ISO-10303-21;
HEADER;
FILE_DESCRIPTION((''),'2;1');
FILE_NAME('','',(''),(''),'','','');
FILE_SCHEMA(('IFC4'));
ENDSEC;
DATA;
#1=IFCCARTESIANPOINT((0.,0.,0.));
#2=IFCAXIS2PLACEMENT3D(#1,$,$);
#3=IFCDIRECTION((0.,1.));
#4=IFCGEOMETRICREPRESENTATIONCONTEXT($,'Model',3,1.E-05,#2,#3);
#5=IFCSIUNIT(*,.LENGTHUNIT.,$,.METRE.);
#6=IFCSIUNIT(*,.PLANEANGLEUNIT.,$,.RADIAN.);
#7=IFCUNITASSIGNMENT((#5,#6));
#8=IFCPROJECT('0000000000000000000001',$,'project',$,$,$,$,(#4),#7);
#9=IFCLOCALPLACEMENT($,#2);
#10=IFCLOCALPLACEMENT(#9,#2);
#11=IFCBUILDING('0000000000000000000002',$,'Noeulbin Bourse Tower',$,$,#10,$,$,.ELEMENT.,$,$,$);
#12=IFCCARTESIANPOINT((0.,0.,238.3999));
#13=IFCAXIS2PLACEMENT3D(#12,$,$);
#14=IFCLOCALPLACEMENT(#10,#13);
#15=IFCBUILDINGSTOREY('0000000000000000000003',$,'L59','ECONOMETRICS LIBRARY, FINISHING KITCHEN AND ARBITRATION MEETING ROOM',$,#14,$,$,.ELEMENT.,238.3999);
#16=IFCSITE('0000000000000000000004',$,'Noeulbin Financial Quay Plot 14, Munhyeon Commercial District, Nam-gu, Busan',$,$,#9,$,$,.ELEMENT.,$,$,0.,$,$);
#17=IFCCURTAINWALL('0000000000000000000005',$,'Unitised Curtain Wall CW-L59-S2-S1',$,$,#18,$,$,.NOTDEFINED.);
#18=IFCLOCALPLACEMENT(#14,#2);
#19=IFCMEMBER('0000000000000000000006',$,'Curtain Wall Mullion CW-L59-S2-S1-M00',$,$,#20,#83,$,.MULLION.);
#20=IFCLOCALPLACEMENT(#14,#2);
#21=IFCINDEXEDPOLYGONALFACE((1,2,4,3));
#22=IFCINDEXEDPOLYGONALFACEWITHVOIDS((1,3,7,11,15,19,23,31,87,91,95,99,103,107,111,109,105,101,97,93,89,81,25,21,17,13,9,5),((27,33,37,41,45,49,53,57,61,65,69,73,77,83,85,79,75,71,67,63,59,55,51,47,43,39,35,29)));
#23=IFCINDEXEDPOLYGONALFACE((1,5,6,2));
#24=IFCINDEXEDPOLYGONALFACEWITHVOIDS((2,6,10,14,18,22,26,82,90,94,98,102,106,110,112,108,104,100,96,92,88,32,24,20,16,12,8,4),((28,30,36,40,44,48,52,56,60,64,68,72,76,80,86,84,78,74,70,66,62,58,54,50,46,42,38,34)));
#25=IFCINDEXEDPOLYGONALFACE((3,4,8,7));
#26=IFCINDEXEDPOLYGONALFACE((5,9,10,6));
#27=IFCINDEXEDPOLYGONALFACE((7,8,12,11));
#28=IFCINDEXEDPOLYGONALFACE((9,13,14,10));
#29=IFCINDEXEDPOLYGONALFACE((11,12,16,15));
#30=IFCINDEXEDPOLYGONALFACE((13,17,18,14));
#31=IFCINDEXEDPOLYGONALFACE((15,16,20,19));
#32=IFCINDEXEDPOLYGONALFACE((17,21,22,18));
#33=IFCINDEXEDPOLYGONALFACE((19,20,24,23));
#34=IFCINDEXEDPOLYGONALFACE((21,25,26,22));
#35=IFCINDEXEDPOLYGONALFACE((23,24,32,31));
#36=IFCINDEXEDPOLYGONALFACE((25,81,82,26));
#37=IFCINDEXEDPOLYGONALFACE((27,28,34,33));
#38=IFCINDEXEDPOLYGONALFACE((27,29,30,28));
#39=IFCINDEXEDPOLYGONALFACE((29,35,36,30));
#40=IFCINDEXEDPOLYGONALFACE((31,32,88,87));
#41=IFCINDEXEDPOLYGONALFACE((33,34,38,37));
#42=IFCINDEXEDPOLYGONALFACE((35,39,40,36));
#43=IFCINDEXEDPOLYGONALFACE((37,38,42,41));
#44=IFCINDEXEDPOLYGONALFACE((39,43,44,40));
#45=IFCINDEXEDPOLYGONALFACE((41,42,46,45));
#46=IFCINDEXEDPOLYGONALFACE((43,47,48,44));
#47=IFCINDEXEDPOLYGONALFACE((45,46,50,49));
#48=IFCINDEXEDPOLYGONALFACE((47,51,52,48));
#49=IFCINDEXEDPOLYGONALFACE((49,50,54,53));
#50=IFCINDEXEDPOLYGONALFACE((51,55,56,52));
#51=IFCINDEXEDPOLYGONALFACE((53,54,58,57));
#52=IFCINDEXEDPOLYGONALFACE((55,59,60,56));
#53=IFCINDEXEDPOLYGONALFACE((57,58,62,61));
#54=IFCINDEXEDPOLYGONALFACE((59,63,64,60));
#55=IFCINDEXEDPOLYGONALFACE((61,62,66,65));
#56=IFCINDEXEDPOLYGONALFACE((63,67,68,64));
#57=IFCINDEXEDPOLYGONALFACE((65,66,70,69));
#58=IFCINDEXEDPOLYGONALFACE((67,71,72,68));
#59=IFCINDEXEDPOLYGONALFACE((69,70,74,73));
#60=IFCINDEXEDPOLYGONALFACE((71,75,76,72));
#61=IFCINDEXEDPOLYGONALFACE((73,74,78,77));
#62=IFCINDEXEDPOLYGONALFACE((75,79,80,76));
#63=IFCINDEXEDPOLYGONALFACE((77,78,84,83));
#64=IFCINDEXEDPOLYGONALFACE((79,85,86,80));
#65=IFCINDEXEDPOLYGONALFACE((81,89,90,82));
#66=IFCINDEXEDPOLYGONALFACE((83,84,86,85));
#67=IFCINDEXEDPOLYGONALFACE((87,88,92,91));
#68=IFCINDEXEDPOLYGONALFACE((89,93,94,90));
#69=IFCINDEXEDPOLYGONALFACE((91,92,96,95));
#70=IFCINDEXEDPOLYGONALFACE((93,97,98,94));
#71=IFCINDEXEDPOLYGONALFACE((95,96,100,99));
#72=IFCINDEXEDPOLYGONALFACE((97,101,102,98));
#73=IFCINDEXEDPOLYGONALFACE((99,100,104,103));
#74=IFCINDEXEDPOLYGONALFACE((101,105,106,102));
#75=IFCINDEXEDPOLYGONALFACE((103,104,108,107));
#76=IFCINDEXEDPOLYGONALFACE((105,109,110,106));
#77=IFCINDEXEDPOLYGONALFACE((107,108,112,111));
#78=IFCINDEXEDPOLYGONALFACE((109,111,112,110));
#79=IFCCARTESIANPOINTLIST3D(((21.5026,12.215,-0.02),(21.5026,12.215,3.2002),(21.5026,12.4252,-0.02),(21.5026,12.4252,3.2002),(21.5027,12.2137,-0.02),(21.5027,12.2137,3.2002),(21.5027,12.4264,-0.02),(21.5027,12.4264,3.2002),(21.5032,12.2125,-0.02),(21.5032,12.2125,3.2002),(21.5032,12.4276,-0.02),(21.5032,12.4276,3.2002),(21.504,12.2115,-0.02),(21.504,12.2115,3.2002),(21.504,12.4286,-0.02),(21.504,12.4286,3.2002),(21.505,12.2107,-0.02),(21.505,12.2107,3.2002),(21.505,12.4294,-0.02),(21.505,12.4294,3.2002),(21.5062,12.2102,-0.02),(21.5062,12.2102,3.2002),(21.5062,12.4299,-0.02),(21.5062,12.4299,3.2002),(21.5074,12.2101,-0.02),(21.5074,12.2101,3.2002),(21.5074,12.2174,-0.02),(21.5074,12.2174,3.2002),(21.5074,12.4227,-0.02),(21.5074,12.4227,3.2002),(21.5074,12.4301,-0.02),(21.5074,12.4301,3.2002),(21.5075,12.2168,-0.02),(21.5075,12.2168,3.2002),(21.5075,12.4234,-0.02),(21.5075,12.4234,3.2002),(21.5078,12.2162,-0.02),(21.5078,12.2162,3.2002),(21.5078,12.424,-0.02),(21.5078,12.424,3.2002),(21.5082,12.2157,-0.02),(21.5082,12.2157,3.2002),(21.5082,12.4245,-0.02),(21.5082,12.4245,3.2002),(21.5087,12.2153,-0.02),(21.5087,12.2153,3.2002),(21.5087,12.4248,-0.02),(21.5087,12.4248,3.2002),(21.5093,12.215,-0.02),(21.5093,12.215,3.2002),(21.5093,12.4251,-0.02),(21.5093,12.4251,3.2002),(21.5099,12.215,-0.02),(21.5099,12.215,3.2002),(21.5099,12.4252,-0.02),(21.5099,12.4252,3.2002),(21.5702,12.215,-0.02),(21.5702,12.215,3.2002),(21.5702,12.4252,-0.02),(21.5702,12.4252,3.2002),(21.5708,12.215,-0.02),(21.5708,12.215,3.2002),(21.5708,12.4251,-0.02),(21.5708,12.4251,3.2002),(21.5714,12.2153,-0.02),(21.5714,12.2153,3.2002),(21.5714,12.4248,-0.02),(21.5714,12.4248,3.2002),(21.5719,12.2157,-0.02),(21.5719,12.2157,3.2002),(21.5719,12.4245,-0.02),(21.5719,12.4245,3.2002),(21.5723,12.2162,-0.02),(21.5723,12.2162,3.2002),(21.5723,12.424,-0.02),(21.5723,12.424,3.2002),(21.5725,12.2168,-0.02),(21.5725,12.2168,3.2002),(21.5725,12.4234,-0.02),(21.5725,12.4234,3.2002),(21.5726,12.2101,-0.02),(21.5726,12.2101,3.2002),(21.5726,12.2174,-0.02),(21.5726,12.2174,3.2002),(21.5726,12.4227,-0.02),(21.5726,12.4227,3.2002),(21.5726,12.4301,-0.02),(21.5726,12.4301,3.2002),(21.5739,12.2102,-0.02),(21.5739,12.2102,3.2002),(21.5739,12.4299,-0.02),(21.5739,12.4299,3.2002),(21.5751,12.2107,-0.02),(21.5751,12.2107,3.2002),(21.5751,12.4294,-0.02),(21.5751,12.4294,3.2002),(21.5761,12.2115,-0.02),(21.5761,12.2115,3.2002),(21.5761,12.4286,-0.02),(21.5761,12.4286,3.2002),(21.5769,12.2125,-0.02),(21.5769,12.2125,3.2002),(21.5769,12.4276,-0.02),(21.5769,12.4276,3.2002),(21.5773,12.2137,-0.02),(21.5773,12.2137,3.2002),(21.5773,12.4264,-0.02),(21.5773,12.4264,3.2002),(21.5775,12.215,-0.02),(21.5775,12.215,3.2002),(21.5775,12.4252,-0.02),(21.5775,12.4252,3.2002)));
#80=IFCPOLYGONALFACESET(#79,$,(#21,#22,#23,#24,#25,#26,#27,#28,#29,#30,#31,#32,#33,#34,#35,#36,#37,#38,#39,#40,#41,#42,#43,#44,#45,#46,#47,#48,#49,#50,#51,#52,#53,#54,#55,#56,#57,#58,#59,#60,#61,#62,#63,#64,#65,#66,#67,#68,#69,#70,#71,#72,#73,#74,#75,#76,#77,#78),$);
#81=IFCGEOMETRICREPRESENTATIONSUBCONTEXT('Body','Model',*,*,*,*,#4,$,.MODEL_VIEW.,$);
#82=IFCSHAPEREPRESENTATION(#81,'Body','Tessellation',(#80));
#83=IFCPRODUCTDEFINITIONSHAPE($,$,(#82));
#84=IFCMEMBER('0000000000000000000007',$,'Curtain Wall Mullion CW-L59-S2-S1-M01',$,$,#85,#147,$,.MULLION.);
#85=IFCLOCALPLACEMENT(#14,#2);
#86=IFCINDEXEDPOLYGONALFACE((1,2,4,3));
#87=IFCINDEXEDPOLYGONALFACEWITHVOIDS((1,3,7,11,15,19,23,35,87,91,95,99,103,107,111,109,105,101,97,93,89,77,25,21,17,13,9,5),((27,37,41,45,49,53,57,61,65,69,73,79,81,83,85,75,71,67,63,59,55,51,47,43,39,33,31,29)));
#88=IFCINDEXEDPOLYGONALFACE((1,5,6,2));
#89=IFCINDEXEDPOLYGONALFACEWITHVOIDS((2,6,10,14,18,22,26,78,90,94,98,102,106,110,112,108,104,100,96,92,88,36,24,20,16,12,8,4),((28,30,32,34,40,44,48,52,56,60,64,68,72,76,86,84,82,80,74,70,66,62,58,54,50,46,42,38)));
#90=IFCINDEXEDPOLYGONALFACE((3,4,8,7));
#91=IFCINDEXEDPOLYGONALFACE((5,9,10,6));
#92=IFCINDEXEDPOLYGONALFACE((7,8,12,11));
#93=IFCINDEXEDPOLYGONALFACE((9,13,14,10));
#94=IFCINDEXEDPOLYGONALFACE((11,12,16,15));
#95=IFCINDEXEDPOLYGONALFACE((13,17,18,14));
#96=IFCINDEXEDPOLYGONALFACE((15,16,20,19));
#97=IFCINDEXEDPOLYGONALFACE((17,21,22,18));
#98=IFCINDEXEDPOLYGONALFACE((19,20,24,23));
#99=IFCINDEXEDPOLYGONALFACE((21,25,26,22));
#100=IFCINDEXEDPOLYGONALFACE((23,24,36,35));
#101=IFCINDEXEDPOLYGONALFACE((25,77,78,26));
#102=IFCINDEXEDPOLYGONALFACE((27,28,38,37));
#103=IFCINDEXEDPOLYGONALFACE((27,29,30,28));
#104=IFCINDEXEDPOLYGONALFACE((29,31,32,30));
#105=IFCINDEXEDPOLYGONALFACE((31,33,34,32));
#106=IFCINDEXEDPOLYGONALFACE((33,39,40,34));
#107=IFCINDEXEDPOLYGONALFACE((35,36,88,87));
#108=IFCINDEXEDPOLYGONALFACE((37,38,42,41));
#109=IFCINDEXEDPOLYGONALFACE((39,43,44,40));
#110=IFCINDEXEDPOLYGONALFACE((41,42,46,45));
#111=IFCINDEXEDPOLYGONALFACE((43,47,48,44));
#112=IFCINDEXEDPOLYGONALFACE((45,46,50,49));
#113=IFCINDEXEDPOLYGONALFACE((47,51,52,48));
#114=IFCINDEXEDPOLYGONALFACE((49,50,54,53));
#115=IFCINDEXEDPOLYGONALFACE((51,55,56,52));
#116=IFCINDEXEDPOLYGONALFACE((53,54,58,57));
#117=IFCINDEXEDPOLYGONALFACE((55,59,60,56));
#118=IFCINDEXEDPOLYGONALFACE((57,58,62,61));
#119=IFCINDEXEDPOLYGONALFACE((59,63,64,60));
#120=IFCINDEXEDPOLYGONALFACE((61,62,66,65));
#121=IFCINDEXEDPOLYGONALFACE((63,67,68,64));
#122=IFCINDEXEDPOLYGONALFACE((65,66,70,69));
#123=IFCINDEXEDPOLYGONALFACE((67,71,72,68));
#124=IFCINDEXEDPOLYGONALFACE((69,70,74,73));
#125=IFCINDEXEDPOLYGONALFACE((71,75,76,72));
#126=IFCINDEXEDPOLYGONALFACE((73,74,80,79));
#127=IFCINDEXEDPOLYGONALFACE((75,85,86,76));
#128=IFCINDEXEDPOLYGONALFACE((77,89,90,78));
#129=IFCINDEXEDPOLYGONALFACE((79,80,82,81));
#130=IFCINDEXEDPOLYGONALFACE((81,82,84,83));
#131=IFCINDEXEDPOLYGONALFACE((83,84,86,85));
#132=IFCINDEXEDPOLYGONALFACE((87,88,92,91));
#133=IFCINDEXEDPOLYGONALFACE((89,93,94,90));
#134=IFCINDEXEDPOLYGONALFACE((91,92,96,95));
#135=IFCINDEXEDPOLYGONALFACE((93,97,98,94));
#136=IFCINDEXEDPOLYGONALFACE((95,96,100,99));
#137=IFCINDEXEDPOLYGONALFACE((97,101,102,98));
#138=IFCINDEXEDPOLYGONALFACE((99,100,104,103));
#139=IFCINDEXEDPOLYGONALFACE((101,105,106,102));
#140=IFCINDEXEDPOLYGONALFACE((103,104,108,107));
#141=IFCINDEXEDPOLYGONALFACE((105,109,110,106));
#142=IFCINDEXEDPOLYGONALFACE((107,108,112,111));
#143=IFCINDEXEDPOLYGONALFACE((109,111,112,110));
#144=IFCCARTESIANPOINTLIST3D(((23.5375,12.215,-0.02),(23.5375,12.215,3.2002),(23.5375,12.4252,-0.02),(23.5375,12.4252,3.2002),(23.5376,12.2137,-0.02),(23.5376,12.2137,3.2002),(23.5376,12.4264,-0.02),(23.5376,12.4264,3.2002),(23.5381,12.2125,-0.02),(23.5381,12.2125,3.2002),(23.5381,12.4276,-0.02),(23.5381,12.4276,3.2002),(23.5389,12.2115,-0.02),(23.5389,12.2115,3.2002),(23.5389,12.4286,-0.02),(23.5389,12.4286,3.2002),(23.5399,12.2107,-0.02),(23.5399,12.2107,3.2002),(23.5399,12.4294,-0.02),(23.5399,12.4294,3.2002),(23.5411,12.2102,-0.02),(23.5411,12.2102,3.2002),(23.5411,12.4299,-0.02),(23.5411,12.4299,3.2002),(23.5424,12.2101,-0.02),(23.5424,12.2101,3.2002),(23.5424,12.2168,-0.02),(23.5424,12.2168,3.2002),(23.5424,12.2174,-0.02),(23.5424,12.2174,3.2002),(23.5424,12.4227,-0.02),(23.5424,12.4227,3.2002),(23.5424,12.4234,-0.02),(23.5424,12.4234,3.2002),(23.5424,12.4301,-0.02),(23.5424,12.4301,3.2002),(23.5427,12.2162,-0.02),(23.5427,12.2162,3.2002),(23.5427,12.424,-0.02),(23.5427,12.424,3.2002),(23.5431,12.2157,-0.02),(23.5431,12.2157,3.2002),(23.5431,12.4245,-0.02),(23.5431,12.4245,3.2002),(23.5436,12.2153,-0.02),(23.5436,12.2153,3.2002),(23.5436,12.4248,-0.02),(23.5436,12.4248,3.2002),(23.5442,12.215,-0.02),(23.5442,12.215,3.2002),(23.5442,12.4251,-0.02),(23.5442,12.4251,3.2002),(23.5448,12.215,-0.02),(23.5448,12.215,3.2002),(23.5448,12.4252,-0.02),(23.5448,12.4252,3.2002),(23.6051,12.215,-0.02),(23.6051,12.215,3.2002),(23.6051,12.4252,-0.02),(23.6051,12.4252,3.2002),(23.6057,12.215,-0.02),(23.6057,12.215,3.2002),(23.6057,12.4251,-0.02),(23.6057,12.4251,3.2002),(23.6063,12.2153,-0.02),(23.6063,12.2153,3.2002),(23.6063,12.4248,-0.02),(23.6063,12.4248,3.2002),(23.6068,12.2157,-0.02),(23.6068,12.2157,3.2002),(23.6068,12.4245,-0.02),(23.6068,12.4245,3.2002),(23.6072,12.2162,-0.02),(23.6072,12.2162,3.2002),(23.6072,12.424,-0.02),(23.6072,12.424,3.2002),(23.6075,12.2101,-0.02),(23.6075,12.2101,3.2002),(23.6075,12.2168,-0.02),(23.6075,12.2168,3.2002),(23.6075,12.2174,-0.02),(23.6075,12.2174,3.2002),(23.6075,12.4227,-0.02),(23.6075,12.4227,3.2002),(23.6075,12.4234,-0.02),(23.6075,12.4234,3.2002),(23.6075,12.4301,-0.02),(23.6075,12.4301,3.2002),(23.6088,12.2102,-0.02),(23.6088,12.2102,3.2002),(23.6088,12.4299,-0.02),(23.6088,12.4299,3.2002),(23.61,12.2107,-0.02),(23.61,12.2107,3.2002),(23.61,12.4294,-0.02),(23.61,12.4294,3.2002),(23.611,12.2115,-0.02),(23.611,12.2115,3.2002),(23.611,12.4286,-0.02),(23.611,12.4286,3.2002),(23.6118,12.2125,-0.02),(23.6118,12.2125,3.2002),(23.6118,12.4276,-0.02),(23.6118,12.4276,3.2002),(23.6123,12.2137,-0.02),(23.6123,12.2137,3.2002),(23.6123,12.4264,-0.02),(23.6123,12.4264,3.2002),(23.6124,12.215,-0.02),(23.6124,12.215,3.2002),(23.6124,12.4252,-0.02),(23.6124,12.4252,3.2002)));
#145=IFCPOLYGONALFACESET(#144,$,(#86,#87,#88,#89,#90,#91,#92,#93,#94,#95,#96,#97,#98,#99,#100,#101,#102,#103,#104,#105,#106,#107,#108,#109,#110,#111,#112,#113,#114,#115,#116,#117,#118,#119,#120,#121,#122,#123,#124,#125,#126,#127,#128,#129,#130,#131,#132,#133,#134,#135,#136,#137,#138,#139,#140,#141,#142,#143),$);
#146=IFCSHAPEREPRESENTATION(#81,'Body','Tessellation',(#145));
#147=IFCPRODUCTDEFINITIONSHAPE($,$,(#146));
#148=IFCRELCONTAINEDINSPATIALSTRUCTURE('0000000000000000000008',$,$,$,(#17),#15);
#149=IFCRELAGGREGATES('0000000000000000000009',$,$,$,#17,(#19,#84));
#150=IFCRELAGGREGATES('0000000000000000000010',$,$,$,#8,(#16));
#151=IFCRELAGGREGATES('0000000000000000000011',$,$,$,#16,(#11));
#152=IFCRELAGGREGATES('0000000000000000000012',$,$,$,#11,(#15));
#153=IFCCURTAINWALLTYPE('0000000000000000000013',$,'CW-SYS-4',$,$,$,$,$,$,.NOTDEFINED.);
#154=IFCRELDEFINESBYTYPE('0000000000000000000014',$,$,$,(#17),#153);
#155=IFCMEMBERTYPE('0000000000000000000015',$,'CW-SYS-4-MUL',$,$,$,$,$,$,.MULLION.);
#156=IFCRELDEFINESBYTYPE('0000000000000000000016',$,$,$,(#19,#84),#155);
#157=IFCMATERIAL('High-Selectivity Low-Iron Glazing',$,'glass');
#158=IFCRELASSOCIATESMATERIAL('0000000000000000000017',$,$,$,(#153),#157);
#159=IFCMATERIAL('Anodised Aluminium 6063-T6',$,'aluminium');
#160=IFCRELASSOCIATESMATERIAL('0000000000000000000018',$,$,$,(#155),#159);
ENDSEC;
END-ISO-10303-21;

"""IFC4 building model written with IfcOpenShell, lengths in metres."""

from ifc_helpers import new_model, si_unit, direction, frame, origin, origin_2d, place, context, subcontext, project, spatial, hollow_rectangle, extrude, material, material_profile, profile_set, type_object, element, aggregate, save


model = new_model("IFC4")

# Units and contexts
model_context = context("Model", 3, precision=1e-05, world=origin(), true_north=direction((0.0, 1.0)))
body_context = subcontext(model_context, "Body", "Model", "MODEL_VIEW")
ifc_project = project(units=[si_unit("LENGTHUNIT", "METRE"), si_unit("PLANEANGLEUNIT", "RADIAN")], contexts=[model_context])

# Site, building, storey
site_placement = place(None, origin())
site = spatial("IfcSite", under=ifc_project, at=site_placement, Name="Noeulbin Financial Quay Plot 14, Munhyeon Commercial District, Nam-gu, Busan", CompositionType="ELEMENT", RefElevation=0.0)
building_placement = place(site_placement, origin())
building = spatial("IfcBuilding", under=site, at=building_placement, Name="Noeulbin Bourse Tower", CompositionType="ELEMENT")
storey_placement = place(building_placement, frame((0.0, 0.0, 238.3999)))
storey = spatial("IfcBuildingStorey", under=building, at=storey_placement, Name="L59", Description="ECONOMETRICS LIBRARY, FINISHING KITCHEN AND ARBITRATION MEETING ROOM", CompositionType="ELEMENT", Elevation=238.3999)

# Curtain wall, members
ifc_material_1 = material(Name="High-Selectivity Low-Iron Glazing", Category="glass")
curtain_wall_type = type_object("IfcCurtainWallType", Name="CW-SYS-4", PredefinedType="NOTDEFINED", material=ifc_material_1)
ifc_material_2 = material(Name="Anodised Aluminium 6063-T6", Category="aluminium")
ifc_material_profile_1 = material_profile(ifc_material_2, hollow_rectangle(XDim=0.075, YDim=0.22, WallThickness=0.0049, InnerFilletRadius=0.0024, OuterFilletRadius=0.0049, at=origin_2d()), Name="ALU-MULL-75x220x5", Category="LoadBearing")
ifc_profile_set_1 = profile_set([ifc_material_profile_1], Name="Anodised Aluminium 6063-T6")
member_type_1 = type_object("IfcMemberType", Name="CW-SYS-4-MUL", PredefinedType="MULLION", material=ifc_profile_set_1)
curtain_wall_1_placement = place(storey_placement, origin())
curtain_wall_1 = element("IfcCurtainWall", 1, at=curtain_wall_1_placement, inside=storey, type_object=curtain_wall_type, Name="Unitised Curtain Wall CW-L59-S2-S1", PredefinedType="NOTDEFINED")
member_1_placement = place(storey_placement, frame((21.54, 12.3201, -0.02), z_axis=(0.0, 0.0, 1.0), x_axis=(1.0, 0.0, 0.0)))
member_1 = element("IfcMember", 2, at=member_1_placement, type_object=member_type_1, Name="Curtain Wall Mullion CW-L59-S2-S1-M00", PredefinedType="MULLION", context=body_context, shape_type="SweptSolid", body=[
    extrude(hollow_rectangle(XDim=0.075, YDim=0.22, WallThickness=0.0049, InnerFilletRadius=0.0024, OuterFilletRadius=0.0049, at=origin_2d()), origin(), (0.0, 0.0, 1.0), 3.2202),
])
member_2_placement = place(storey_placement, frame((23.575, 12.3201, -0.02), z_axis=(0.0, 0.0, 1.0), x_axis=(1.0, 0.0, 0.0)))
member_2 = element("IfcMember", 3, at=member_2_placement, type_object=member_type_1, Name="Curtain Wall Mullion CW-L59-S2-S1-M01", PredefinedType="MULLION", context=body_context, shape_type="SweptSolid", body=[
    extrude(hollow_rectangle(XDim=0.075, YDim=0.22, WallThickness=0.0049, InnerFilletRadius=0.0024, OuterFilletRadius=0.0049, at=origin_2d()), origin(), (0.0, 0.0, 1.0), 3.2202),
])

aggregate(curtain_wall_1, [member_1, member_2])

save(model, "model.ifc")
